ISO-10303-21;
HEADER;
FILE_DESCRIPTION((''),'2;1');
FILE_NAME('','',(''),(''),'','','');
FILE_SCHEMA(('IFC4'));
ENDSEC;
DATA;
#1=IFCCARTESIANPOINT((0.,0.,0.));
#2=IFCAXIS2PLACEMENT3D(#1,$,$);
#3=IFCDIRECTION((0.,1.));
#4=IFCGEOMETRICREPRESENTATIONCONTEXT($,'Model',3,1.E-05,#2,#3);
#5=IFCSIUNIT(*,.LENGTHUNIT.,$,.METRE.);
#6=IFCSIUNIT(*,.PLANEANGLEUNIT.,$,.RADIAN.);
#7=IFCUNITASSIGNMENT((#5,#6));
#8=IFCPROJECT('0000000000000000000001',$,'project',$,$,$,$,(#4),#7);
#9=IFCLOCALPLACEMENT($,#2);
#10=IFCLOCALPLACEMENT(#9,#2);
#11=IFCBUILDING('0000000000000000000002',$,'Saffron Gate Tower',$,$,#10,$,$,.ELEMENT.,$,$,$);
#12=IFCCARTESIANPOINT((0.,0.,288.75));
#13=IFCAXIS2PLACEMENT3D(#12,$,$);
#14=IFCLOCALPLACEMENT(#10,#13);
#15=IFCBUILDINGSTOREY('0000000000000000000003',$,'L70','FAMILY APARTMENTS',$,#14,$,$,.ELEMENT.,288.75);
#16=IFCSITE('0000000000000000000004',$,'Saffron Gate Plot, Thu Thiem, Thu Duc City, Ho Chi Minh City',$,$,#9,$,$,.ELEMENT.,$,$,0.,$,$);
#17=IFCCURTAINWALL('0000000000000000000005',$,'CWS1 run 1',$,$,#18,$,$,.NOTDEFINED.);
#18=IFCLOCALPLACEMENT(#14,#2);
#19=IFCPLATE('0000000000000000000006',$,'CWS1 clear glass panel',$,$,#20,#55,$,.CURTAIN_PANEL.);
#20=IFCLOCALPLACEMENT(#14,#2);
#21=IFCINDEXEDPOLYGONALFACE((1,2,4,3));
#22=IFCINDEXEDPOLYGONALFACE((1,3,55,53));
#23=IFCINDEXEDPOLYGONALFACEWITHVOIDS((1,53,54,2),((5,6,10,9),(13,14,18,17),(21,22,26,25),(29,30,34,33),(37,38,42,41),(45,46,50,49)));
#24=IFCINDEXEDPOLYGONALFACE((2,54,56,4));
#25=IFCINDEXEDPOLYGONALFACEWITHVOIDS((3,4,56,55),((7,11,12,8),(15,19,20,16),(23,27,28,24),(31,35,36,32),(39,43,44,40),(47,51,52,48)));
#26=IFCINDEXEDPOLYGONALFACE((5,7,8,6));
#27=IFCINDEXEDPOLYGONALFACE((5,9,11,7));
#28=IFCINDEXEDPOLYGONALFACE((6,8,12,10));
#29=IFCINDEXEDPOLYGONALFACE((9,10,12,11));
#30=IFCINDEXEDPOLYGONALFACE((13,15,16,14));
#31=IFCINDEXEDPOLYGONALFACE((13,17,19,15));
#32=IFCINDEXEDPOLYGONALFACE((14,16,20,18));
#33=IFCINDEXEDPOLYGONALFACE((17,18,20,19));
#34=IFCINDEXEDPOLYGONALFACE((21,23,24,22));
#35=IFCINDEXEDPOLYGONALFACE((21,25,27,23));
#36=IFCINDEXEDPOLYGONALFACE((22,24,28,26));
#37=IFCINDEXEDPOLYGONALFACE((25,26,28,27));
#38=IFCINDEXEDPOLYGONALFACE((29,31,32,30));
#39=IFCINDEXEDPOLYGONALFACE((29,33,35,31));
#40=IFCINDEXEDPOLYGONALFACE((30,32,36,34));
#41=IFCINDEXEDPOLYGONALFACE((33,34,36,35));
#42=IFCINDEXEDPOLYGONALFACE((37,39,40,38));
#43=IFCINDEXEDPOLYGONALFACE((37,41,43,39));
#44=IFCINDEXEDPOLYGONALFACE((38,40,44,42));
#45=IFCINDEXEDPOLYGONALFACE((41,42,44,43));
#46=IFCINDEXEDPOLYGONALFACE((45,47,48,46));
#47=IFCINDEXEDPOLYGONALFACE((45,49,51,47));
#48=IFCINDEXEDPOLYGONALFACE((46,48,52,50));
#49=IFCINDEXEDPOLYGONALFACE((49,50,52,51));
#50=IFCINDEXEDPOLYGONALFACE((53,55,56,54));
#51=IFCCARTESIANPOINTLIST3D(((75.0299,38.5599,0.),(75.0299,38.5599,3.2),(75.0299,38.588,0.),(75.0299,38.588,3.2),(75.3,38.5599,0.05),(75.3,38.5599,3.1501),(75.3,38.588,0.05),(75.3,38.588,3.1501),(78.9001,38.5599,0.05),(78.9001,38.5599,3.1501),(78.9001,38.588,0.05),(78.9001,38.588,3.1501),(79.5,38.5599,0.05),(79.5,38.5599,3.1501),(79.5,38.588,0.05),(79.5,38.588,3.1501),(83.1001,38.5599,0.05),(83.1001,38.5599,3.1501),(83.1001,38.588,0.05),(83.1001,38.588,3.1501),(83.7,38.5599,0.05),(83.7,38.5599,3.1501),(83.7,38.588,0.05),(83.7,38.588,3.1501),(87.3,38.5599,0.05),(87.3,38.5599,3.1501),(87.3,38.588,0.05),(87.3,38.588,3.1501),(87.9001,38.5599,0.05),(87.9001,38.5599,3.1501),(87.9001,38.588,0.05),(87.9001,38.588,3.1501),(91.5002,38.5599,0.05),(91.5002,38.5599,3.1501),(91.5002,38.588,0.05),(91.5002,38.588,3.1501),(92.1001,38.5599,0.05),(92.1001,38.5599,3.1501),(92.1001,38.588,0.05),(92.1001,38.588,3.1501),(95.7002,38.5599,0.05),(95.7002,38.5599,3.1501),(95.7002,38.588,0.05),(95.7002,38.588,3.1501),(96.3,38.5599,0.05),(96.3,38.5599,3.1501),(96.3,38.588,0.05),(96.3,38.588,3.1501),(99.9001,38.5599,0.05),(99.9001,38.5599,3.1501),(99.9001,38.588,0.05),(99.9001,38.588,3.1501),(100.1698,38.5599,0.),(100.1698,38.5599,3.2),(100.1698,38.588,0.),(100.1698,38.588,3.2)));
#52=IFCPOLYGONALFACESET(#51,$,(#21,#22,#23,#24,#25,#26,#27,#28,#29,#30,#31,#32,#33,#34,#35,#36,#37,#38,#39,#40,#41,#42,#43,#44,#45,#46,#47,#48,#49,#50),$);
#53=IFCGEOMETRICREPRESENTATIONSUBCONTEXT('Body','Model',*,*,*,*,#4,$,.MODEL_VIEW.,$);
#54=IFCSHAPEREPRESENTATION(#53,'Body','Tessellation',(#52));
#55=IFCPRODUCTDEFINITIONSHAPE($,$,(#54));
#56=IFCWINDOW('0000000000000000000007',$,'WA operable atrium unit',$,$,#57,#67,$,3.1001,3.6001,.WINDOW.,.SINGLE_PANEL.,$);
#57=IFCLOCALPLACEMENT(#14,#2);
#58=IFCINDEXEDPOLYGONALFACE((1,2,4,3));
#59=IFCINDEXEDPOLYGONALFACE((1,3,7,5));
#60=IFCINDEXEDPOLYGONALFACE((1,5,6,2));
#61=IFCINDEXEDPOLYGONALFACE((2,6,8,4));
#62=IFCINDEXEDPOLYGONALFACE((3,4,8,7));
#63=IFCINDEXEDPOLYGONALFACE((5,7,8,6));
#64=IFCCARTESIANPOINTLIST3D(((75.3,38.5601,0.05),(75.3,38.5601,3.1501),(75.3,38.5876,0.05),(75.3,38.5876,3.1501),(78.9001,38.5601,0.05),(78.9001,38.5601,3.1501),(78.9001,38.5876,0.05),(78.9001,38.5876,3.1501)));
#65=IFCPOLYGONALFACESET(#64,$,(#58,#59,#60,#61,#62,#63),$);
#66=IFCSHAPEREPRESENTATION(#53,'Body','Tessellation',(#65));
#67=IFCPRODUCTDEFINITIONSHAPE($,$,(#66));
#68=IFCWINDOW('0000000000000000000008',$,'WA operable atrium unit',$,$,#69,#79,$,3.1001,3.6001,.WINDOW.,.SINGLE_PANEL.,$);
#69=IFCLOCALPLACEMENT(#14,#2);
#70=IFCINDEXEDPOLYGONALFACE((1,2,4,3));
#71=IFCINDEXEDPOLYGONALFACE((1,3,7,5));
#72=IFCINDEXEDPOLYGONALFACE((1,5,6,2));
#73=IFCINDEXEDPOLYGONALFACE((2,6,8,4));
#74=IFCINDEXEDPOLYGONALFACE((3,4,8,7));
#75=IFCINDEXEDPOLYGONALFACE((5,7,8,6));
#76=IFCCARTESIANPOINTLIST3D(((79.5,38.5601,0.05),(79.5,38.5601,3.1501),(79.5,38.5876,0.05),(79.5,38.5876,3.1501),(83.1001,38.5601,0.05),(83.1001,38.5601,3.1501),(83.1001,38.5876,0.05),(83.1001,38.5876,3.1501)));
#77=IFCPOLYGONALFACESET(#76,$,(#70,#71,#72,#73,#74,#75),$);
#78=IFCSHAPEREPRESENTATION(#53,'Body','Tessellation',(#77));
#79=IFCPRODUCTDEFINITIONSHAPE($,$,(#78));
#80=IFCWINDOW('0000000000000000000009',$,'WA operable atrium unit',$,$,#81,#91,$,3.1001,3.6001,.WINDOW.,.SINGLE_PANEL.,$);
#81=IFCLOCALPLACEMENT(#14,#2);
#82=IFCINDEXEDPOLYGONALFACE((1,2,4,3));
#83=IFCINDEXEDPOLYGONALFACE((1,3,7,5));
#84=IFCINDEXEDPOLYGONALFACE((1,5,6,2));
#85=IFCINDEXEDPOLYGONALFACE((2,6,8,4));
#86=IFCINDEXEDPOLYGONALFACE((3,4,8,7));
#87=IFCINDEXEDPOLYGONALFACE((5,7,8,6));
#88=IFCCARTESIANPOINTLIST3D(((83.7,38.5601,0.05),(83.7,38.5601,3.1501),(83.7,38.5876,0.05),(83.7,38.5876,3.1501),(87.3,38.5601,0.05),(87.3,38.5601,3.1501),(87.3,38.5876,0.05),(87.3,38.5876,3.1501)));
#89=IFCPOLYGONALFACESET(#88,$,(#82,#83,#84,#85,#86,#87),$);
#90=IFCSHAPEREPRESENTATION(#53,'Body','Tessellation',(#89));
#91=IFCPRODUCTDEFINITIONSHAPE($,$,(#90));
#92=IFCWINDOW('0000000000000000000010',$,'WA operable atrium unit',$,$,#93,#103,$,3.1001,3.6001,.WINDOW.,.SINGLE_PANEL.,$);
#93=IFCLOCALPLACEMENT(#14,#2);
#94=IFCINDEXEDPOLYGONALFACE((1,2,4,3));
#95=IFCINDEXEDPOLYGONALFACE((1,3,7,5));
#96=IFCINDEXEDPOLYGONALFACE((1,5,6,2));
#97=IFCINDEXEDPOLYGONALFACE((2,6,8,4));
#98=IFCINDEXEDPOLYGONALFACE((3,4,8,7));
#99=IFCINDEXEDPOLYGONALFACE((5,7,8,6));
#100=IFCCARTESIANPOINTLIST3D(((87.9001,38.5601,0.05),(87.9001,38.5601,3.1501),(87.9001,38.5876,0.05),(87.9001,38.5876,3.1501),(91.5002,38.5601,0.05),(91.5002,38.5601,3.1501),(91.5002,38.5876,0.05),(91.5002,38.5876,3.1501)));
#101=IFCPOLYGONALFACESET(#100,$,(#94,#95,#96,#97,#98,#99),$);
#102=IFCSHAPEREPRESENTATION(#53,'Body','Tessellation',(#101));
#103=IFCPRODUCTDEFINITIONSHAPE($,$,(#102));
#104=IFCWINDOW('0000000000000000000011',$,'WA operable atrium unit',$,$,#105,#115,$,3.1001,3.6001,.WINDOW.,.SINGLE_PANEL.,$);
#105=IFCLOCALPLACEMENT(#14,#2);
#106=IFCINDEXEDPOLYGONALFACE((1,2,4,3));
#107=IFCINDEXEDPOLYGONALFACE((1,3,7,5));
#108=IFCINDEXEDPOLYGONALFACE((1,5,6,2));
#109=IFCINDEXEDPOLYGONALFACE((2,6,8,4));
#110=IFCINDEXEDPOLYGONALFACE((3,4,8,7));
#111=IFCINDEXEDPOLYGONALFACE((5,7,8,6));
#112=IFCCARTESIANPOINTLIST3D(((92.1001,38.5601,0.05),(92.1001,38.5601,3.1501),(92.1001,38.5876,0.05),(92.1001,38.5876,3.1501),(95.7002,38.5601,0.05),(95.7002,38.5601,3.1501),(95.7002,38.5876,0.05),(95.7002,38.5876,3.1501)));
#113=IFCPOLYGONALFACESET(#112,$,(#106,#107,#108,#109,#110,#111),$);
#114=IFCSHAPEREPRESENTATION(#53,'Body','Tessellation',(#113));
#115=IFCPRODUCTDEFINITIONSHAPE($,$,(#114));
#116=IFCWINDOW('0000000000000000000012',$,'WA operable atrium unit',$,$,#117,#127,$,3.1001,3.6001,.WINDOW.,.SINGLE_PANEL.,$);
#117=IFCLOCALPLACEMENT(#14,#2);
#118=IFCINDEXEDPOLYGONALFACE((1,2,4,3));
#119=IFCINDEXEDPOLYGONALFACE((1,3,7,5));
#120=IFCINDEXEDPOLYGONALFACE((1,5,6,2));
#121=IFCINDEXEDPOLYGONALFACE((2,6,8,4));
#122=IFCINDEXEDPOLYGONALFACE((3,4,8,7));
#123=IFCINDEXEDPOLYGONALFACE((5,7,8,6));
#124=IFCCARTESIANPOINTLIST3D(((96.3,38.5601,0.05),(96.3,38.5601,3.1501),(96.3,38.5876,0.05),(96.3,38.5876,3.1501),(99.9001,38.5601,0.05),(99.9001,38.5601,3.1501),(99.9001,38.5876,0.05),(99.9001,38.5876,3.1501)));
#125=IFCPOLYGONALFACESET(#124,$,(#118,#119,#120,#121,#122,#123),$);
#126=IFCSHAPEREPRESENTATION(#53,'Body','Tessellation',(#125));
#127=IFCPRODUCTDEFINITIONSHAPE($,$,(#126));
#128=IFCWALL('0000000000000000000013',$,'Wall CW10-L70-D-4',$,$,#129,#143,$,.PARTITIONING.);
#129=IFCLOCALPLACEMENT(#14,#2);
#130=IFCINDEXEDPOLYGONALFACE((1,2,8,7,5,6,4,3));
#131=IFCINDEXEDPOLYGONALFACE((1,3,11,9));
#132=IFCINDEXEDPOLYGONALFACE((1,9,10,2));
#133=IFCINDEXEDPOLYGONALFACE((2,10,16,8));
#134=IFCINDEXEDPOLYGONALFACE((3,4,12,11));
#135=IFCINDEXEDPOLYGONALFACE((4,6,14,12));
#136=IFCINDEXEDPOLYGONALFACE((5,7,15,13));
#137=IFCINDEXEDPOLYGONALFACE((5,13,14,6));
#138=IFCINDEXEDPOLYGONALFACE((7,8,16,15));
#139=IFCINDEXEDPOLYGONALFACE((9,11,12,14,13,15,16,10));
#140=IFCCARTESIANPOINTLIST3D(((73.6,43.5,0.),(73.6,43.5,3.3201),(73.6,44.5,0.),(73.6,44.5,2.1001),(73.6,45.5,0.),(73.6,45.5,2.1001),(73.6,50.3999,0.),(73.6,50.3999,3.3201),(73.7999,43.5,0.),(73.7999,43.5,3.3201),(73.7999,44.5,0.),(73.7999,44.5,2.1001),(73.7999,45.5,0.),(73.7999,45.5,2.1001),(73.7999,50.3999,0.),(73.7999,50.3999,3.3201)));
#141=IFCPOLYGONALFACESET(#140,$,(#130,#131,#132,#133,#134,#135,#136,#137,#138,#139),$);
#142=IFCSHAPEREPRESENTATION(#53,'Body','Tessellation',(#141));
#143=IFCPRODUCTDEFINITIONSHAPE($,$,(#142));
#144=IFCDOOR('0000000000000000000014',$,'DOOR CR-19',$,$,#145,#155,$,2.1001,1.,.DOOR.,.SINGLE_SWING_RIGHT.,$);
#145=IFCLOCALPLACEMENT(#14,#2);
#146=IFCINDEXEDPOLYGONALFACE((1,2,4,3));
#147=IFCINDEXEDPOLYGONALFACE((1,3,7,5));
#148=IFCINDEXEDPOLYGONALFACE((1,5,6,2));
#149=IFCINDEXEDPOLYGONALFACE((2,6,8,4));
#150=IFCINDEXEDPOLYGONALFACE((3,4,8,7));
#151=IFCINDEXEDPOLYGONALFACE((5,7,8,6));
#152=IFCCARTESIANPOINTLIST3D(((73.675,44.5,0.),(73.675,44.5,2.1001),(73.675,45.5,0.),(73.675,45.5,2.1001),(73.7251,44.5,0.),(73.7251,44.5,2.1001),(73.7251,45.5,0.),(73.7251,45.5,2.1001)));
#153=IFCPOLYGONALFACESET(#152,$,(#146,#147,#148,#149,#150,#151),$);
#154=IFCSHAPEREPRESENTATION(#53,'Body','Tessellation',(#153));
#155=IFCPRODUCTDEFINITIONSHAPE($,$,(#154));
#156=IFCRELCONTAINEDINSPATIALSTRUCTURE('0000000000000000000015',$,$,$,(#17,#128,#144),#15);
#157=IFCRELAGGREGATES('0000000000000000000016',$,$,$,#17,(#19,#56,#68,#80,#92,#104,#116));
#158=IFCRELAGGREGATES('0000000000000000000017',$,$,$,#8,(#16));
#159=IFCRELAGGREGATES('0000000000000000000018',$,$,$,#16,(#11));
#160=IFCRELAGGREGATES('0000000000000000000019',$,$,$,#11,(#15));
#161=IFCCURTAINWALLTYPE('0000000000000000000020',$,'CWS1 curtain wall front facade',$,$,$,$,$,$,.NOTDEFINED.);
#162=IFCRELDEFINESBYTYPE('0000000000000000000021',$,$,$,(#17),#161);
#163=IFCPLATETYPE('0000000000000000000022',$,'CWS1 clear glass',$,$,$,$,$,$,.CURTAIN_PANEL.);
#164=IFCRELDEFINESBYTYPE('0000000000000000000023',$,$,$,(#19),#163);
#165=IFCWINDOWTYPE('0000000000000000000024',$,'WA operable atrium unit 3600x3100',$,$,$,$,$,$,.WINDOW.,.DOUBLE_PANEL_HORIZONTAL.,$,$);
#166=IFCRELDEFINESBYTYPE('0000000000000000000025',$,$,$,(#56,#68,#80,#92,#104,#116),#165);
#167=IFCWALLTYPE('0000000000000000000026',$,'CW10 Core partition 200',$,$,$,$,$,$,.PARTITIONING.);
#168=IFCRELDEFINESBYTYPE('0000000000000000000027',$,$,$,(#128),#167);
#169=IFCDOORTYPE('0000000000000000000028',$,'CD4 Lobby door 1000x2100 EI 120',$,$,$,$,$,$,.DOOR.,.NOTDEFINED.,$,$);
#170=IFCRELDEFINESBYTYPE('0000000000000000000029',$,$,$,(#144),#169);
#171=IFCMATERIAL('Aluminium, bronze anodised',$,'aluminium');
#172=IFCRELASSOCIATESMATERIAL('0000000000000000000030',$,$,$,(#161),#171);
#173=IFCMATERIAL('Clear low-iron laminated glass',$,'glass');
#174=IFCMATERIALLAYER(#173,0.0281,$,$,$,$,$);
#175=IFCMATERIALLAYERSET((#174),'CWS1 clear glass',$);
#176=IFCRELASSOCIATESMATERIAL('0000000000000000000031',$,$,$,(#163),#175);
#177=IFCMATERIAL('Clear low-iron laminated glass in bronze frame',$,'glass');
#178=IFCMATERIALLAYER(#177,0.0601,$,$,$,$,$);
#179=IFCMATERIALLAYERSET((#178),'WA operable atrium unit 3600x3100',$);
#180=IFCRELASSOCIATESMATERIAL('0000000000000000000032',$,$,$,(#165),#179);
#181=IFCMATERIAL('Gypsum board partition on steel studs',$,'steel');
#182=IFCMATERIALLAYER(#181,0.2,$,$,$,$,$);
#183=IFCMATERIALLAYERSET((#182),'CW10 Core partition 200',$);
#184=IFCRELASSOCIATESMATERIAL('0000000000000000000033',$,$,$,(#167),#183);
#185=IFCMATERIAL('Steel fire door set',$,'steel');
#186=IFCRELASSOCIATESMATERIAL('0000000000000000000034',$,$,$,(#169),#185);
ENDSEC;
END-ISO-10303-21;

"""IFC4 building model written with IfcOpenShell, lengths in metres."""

from ifc_helpers import new_model, si_unit, direction, frame, frame_2d, origin, place, context, subcontext, project, spatial, rectangle, extrude, material, layer, layer_set, type_object, element, fill, aggregate, save


model = new_model("IFC4")

# Units and contexts
model_context = context("Model", 3, precision=1e-05, world=origin(), true_north=direction((0.0, 1.0)))
body_context = subcontext(model_context, "Body", "Model", "MODEL_VIEW")
ifc_project = project(units=[si_unit("LENGTHUNIT", "METRE"), si_unit("PLANEANGLEUNIT", "RADIAN")], contexts=[model_context])

# Site, building, storey
site_placement = place(None, origin())
site = spatial("IfcSite", under=ifc_project, at=site_placement, Name="Saffron Gate Plot, Thu Thiem, Thu Duc City, Ho Chi Minh City", CompositionType="ELEMENT", RefElevation=0.0)
building_placement = place(site_placement, origin())
building = spatial("IfcBuilding", under=site, at=building_placement, Name="Saffron Gate Tower", CompositionType="ELEMENT")
storey_placement = place(building_placement, frame((0.0, 0.0, 288.75)))
storey = spatial("IfcBuildingStorey", under=building, at=storey_placement, Name="L70", Description="FAMILY APARTMENTS", CompositionType="ELEMENT", Elevation=288.75)

# Curtain wall, plate, openings, windows
ifc_material_1 = material(Name="Aluminium, bronze anodised", Category="aluminium")
curtain_wall_type = type_object("IfcCurtainWallType", Name="CWS1 curtain wall front facade", PredefinedType="NOTDEFINED", material=ifc_material_1)
curtain_wall_placement = place(storey_placement, origin())
curtain_wall = element("IfcCurtainWall", 1, at=curtain_wall_placement, inside=storey, type_object=curtain_wall_type, Name="CWS1 run 1", PredefinedType="NOTDEFINED")
ifc_material_2 = material(Name="Clear low-iron laminated glass", Category="glass")
ifc_layer_1 = layer(ifc_material_2, 0.0281)
ifc_layer_set_1 = layer_set([ifc_layer_1], Name="CWS1 clear glass")
plate_type = type_object("IfcPlateType", Name="CWS1 clear glass", PredefinedType="CURTAIN_PANEL", material=ifc_layer_set_1)
plate_placement = place(storey_placement, frame((75.03, 38.574, 0.0), z_axis=(0.0, 0.0, 1.0), x_axis=(1.0, 0.0, 0.0)))
plate = element("IfcPlate", 2, at=plate_placement, type_object=plate_type, Name="CWS1 clear glass panel", PredefinedType="CURTAIN_PANEL", context=body_context, shape_type="SweptSolid", body=[
    extrude(rectangle(XDim=25.1399, YDim=0.0281, at=frame_2d((12.5698, 0.0))), origin(), (0.0, 0.0, 1.0), 3.2),
])
opening_1_placement = place(plate_placement, frame((0.27, 0.0, 0.05)))
opening_1 = element("IfcOpeningElement", 3, at=opening_1_placement, cuts=plate, PredefinedType="OPENING", context=body_context, shape_type="SweptSolid", body=[
    extrude(rectangle(XDim=3.6001, YDim=3.1001, at=frame_2d((1.8, 1.55))), frame((0.0, 0.0239, 0.0), z_axis=(0.0, -1.0, 0.0), x_axis=(1.0, 0.0, 0.0)), (0.0, 0.0, 1.0), 0.0481),
])
opening_2_placement = place(plate_placement, frame((4.47, 0.0, 0.05)))
opening_2 = element("IfcOpeningElement", 4, at=opening_2_placement, cuts=plate, PredefinedType="OPENING", context=body_context, shape_type="SweptSolid", body=[
    extrude(rectangle(XDim=3.6001, YDim=3.1001, at=frame_2d((1.8, 1.55))), frame((0.0, 0.0239, 0.0), z_axis=(0.0, -1.0, 0.0), x_axis=(1.0, 0.0, 0.0)), (0.0, 0.0, 1.0), 0.0481),
])
opening_3_placement = place(plate_placement, frame((8.6699, 0.0, 0.05)))
opening_3 = element("IfcOpeningElement", 5, at=opening_3_placement, cuts=plate, PredefinedType="OPENING", context=body_context, shape_type="SweptSolid", body=[
    extrude(rectangle(XDim=3.6001, YDim=3.1001, at=frame_2d((1.8, 1.55))), frame((0.0, 0.0239, 0.0), z_axis=(0.0, -1.0, 0.0), x_axis=(1.0, 0.0, 0.0)), (0.0, 0.0, 1.0), 0.0481),
])
opening_4_placement = place(plate_placement, frame((12.8701, 0.0, 0.05)))
opening_4 = element("IfcOpeningElement", 6, at=opening_4_placement, cuts=plate, PredefinedType="OPENING", context=body_context, shape_type="SweptSolid", body=[
    extrude(rectangle(XDim=3.6001, YDim=3.1001, at=frame_2d((1.8, 1.55))), frame((0.0, 0.0239, 0.0), z_axis=(0.0, -1.0, 0.0), x_axis=(1.0, 0.0, 0.0)), (0.0, 0.0, 1.0), 0.0481),
])
opening_5_placement = place(plate_placement, frame((17.0701, 0.0, 0.05)))
opening_5 = element("IfcOpeningElement", 7, at=opening_5_placement, cuts=plate, PredefinedType="OPENING", context=body_context, shape_type="SweptSolid", body=[
    extrude(rectangle(XDim=3.6001, YDim=3.1001, at=frame_2d((1.8, 1.55))), frame((0.0, 0.0239, 0.0), z_axis=(0.0, -1.0, 0.0), x_axis=(1.0, 0.0, 0.0)), (0.0, 0.0, 1.0), 0.0481),
])
opening_6_placement = place(plate_placement, frame((21.27, 0.0, 0.05)))
opening_6 = element("IfcOpeningElement", 8, at=opening_6_placement, cuts=plate, PredefinedType="OPENING", context=body_context, shape_type="SweptSolid", body=[
    extrude(rectangle(XDim=3.6001, YDim=3.1001, at=frame_2d((1.8, 1.55))), frame((0.0, 0.0239, 0.0), z_axis=(0.0, -1.0, 0.0), x_axis=(1.0, 0.0, 0.0)), (0.0, 0.0, 1.0), 0.0481),
])
ifc_material_3 = material(Name="Clear low-iron laminated glass in bronze frame", Category="glass")
ifc_layer_2 = layer(ifc_material_3, 0.0601)
ifc_layer_set_2 = layer_set([ifc_layer_2], Name="WA operable atrium unit 3600x3100")
window_type = type_object("IfcWindowType", Name="WA operable atrium unit 3600x3100", PartitioningType="DOUBLE_PANEL_HORIZONTAL", PredefinedType="WINDOW", material=ifc_layer_set_2)
window_1_placement = place(opening_1_placement, origin())
window_1 = element("IfcWindow", 9, at=window_1_placement, type_object=window_type, Name="WA operable atrium unit", OverallHeight=3.1001, OverallWidth=3.6001, PartitioningType="SINGLE_PANEL", PredefinedType="WINDOW", context=body_context, shape_type="SweptSolid", body=[
    extrude(rectangle(XDim=3.6001, YDim=3.1001, at=frame_2d((1.8, 1.55))), frame((0.0, 0.0137, 0.0), z_axis=(0.0, -1.0, 0.0), x_axis=(1.0, 0.0, 0.0)), (0.0, 0.0, 1.0), 0.0276),
])
fill(opening_1, window_1)
window_2_placement = place(opening_2_placement, origin())
window_2 = element("IfcWindow", 10, at=window_2_placement, type_object=window_type, Name="WA operable atrium unit", OverallHeight=3.1001, OverallWidth=3.6001, PartitioningType="SINGLE_PANEL", PredefinedType="WINDOW", context=body_context, shape_type="SweptSolid", body=[
    extrude(rectangle(XDim=3.6001, YDim=3.1001, at=frame_2d((1.8, 1.55))), frame((0.0, 0.0137, 0.0), z_axis=(0.0, -1.0, 0.0), x_axis=(1.0, 0.0, 0.0)), (0.0, 0.0, 1.0), 0.0276),
])
fill(opening_2, window_2)
window_3_placement = place(opening_3_placement, origin())
window_3 = element("IfcWindow", 11, at=window_3_placement, type_object=window_type, Name="WA operable atrium unit", OverallHeight=3.1001, OverallWidth=3.6001, PartitioningType="SINGLE_PANEL", PredefinedType="WINDOW", context=body_context, shape_type="SweptSolid", body=[
    extrude(rectangle(XDim=3.6001, YDim=3.1001, at=frame_2d((1.8, 1.55))), frame((0.0, 0.0137, 0.0), z_axis=(0.0, -1.0, 0.0), x_axis=(1.0, 0.0, 0.0)), (0.0, 0.0, 1.0), 0.0276),
])
fill(opening_3, window_3)
window_4_placement = place(opening_4_placement, origin())
window_4 = element("IfcWindow", 12, at=window_4_placement, type_object=window_type, Name="WA operable atrium unit", OverallHeight=3.1001, OverallWidth=3.6001, PartitioningType="SINGLE_PANEL", PredefinedType="WINDOW", context=body_context, shape_type="SweptSolid", body=[
    extrude(rectangle(XDim=3.6001, YDim=3.1001, at=frame_2d((1.8, 1.55))), frame((0.0, 0.0137, 0.0), z_axis=(0.0, -1.0, 0.0), x_axis=(1.0, 0.0, 0.0)), (0.0, 0.0, 1.0), 0.0276),
])
fill(opening_4, window_4)
window_5_placement = place(opening_5_placement, origin())
window_5 = element("IfcWindow", 13, at=window_5_placement, type_object=window_type, Name="WA operable atrium unit", OverallHeight=3.1001, OverallWidth=3.6001, PartitioningType="SINGLE_PANEL", PredefinedType="WINDOW", context=body_context, shape_type="SweptSolid", body=[
    extrude(rectangle(XDim=3.6001, YDim=3.1001, at=frame_2d((1.8, 1.55))), frame((0.0, 0.0137, 0.0), z_axis=(0.0, -1.0, 0.0), x_axis=(1.0, 0.0, 0.0)), (0.0, 0.0, 1.0), 0.0276),
])
fill(opening_5, window_5)
window_6_placement = place(opening_6_placement, origin())
window_6 = element("IfcWindow", 14, at=window_6_placement, type_object=window_type, Name="WA operable atrium unit", OverallHeight=3.1001, OverallWidth=3.6001, PartitioningType="SINGLE_PANEL", PredefinedType="WINDOW", context=body_context, shape_type="SweptSolid", body=[
    extrude(rectangle(XDim=3.6001, YDim=3.1001, at=frame_2d((1.8, 1.55))), frame((0.0, 0.0137, 0.0), z_axis=(0.0, -1.0, 0.0), x_axis=(1.0, 0.0, 0.0)), (0.0, 0.0, 1.0), 0.0276),
])
fill(opening_6, window_6)
aggregate(curtain_wall, [plate, window_1, window_2, window_3, window_4, window_5, window_6])

# Wall, opening, door
ifc_material_4 = material(Name="Gypsum board partition on steel studs", Category="steel")
ifc_layer_3 = layer(ifc_material_4, 0.2)
ifc_layer_set_3 = layer_set([ifc_layer_3], Name="CW10 Core partition 200")
wall_type_1 = type_object("IfcWallType", Name="CW10 Core partition 200", PredefinedType="PARTITIONING", material=ifc_layer_set_3)
wall_1_placement = place(storey_placement, frame((73.7, 43.5, 0.0), z_axis=(0.0, 0.0, 1.0), x_axis=(0.0, 1.0, 0.0)))
wall_1 = element("IfcWall", 15, at=wall_1_placement, inside=storey, type_object=wall_type_1, Name="Wall CW10-L70-D-4", PredefinedType="PARTITIONING", context=body_context, shape_type="SweptSolid", body=[
    extrude(rectangle(XDim=6.8999, YDim=0.2, at=frame_2d((3.45, 0.0))), origin(), (0.0, 0.0, 1.0), 3.3201),
])
opening_7_placement = place(wall_1_placement, frame((1.0, 0.0, 0.0)))
opening_7 = element("IfcOpeningElement", 16, at=opening_7_placement, cuts=wall_1, PredefinedType="OPENING", context=body_context, shape_type="SweptSolid", body=[
    extrude(rectangle(XDim=1.0, YDim=2.1001, at=frame_2d((0.5, 1.05))), frame((0.0, 0.1099, 0.0), z_axis=(0.0, -1.0, 0.0), x_axis=(1.0, 0.0, 0.0)), (0.0, 0.0, 1.0), 0.22),
])
ifc_material_5 = material(Name="Steel fire door set", Category="steel")
door_type_1 = type_object("IfcDoorType", Name="CD4 Lobby door 1000x2100 EI 120", OperationType="NOTDEFINED", PredefinedType="DOOR", material=ifc_material_5)
door_1_placement = place(opening_7_placement, origin())
door_1 = element("IfcDoor", 17, at=door_1_placement, inside=storey, type_object=door_type_1, Name="DOOR CR-19", OperationType="SINGLE_SWING_RIGHT", OverallHeight=2.1001, OverallWidth=1.0, PredefinedType="DOOR", context=body_context, shape_type="SweptSolid", body=[
    extrude(rectangle(XDim=1.0, YDim=2.1001, at=frame_2d((0.5, 1.05))), frame((0.0, 0.0249, 0.0), z_axis=(0.0, -1.0, 0.0), x_axis=(1.0, 0.0, 0.0)), (0.0, 0.0, 1.0), 0.05),
])
fill(opening_7, door_1)

save(model, "model.ifc")
